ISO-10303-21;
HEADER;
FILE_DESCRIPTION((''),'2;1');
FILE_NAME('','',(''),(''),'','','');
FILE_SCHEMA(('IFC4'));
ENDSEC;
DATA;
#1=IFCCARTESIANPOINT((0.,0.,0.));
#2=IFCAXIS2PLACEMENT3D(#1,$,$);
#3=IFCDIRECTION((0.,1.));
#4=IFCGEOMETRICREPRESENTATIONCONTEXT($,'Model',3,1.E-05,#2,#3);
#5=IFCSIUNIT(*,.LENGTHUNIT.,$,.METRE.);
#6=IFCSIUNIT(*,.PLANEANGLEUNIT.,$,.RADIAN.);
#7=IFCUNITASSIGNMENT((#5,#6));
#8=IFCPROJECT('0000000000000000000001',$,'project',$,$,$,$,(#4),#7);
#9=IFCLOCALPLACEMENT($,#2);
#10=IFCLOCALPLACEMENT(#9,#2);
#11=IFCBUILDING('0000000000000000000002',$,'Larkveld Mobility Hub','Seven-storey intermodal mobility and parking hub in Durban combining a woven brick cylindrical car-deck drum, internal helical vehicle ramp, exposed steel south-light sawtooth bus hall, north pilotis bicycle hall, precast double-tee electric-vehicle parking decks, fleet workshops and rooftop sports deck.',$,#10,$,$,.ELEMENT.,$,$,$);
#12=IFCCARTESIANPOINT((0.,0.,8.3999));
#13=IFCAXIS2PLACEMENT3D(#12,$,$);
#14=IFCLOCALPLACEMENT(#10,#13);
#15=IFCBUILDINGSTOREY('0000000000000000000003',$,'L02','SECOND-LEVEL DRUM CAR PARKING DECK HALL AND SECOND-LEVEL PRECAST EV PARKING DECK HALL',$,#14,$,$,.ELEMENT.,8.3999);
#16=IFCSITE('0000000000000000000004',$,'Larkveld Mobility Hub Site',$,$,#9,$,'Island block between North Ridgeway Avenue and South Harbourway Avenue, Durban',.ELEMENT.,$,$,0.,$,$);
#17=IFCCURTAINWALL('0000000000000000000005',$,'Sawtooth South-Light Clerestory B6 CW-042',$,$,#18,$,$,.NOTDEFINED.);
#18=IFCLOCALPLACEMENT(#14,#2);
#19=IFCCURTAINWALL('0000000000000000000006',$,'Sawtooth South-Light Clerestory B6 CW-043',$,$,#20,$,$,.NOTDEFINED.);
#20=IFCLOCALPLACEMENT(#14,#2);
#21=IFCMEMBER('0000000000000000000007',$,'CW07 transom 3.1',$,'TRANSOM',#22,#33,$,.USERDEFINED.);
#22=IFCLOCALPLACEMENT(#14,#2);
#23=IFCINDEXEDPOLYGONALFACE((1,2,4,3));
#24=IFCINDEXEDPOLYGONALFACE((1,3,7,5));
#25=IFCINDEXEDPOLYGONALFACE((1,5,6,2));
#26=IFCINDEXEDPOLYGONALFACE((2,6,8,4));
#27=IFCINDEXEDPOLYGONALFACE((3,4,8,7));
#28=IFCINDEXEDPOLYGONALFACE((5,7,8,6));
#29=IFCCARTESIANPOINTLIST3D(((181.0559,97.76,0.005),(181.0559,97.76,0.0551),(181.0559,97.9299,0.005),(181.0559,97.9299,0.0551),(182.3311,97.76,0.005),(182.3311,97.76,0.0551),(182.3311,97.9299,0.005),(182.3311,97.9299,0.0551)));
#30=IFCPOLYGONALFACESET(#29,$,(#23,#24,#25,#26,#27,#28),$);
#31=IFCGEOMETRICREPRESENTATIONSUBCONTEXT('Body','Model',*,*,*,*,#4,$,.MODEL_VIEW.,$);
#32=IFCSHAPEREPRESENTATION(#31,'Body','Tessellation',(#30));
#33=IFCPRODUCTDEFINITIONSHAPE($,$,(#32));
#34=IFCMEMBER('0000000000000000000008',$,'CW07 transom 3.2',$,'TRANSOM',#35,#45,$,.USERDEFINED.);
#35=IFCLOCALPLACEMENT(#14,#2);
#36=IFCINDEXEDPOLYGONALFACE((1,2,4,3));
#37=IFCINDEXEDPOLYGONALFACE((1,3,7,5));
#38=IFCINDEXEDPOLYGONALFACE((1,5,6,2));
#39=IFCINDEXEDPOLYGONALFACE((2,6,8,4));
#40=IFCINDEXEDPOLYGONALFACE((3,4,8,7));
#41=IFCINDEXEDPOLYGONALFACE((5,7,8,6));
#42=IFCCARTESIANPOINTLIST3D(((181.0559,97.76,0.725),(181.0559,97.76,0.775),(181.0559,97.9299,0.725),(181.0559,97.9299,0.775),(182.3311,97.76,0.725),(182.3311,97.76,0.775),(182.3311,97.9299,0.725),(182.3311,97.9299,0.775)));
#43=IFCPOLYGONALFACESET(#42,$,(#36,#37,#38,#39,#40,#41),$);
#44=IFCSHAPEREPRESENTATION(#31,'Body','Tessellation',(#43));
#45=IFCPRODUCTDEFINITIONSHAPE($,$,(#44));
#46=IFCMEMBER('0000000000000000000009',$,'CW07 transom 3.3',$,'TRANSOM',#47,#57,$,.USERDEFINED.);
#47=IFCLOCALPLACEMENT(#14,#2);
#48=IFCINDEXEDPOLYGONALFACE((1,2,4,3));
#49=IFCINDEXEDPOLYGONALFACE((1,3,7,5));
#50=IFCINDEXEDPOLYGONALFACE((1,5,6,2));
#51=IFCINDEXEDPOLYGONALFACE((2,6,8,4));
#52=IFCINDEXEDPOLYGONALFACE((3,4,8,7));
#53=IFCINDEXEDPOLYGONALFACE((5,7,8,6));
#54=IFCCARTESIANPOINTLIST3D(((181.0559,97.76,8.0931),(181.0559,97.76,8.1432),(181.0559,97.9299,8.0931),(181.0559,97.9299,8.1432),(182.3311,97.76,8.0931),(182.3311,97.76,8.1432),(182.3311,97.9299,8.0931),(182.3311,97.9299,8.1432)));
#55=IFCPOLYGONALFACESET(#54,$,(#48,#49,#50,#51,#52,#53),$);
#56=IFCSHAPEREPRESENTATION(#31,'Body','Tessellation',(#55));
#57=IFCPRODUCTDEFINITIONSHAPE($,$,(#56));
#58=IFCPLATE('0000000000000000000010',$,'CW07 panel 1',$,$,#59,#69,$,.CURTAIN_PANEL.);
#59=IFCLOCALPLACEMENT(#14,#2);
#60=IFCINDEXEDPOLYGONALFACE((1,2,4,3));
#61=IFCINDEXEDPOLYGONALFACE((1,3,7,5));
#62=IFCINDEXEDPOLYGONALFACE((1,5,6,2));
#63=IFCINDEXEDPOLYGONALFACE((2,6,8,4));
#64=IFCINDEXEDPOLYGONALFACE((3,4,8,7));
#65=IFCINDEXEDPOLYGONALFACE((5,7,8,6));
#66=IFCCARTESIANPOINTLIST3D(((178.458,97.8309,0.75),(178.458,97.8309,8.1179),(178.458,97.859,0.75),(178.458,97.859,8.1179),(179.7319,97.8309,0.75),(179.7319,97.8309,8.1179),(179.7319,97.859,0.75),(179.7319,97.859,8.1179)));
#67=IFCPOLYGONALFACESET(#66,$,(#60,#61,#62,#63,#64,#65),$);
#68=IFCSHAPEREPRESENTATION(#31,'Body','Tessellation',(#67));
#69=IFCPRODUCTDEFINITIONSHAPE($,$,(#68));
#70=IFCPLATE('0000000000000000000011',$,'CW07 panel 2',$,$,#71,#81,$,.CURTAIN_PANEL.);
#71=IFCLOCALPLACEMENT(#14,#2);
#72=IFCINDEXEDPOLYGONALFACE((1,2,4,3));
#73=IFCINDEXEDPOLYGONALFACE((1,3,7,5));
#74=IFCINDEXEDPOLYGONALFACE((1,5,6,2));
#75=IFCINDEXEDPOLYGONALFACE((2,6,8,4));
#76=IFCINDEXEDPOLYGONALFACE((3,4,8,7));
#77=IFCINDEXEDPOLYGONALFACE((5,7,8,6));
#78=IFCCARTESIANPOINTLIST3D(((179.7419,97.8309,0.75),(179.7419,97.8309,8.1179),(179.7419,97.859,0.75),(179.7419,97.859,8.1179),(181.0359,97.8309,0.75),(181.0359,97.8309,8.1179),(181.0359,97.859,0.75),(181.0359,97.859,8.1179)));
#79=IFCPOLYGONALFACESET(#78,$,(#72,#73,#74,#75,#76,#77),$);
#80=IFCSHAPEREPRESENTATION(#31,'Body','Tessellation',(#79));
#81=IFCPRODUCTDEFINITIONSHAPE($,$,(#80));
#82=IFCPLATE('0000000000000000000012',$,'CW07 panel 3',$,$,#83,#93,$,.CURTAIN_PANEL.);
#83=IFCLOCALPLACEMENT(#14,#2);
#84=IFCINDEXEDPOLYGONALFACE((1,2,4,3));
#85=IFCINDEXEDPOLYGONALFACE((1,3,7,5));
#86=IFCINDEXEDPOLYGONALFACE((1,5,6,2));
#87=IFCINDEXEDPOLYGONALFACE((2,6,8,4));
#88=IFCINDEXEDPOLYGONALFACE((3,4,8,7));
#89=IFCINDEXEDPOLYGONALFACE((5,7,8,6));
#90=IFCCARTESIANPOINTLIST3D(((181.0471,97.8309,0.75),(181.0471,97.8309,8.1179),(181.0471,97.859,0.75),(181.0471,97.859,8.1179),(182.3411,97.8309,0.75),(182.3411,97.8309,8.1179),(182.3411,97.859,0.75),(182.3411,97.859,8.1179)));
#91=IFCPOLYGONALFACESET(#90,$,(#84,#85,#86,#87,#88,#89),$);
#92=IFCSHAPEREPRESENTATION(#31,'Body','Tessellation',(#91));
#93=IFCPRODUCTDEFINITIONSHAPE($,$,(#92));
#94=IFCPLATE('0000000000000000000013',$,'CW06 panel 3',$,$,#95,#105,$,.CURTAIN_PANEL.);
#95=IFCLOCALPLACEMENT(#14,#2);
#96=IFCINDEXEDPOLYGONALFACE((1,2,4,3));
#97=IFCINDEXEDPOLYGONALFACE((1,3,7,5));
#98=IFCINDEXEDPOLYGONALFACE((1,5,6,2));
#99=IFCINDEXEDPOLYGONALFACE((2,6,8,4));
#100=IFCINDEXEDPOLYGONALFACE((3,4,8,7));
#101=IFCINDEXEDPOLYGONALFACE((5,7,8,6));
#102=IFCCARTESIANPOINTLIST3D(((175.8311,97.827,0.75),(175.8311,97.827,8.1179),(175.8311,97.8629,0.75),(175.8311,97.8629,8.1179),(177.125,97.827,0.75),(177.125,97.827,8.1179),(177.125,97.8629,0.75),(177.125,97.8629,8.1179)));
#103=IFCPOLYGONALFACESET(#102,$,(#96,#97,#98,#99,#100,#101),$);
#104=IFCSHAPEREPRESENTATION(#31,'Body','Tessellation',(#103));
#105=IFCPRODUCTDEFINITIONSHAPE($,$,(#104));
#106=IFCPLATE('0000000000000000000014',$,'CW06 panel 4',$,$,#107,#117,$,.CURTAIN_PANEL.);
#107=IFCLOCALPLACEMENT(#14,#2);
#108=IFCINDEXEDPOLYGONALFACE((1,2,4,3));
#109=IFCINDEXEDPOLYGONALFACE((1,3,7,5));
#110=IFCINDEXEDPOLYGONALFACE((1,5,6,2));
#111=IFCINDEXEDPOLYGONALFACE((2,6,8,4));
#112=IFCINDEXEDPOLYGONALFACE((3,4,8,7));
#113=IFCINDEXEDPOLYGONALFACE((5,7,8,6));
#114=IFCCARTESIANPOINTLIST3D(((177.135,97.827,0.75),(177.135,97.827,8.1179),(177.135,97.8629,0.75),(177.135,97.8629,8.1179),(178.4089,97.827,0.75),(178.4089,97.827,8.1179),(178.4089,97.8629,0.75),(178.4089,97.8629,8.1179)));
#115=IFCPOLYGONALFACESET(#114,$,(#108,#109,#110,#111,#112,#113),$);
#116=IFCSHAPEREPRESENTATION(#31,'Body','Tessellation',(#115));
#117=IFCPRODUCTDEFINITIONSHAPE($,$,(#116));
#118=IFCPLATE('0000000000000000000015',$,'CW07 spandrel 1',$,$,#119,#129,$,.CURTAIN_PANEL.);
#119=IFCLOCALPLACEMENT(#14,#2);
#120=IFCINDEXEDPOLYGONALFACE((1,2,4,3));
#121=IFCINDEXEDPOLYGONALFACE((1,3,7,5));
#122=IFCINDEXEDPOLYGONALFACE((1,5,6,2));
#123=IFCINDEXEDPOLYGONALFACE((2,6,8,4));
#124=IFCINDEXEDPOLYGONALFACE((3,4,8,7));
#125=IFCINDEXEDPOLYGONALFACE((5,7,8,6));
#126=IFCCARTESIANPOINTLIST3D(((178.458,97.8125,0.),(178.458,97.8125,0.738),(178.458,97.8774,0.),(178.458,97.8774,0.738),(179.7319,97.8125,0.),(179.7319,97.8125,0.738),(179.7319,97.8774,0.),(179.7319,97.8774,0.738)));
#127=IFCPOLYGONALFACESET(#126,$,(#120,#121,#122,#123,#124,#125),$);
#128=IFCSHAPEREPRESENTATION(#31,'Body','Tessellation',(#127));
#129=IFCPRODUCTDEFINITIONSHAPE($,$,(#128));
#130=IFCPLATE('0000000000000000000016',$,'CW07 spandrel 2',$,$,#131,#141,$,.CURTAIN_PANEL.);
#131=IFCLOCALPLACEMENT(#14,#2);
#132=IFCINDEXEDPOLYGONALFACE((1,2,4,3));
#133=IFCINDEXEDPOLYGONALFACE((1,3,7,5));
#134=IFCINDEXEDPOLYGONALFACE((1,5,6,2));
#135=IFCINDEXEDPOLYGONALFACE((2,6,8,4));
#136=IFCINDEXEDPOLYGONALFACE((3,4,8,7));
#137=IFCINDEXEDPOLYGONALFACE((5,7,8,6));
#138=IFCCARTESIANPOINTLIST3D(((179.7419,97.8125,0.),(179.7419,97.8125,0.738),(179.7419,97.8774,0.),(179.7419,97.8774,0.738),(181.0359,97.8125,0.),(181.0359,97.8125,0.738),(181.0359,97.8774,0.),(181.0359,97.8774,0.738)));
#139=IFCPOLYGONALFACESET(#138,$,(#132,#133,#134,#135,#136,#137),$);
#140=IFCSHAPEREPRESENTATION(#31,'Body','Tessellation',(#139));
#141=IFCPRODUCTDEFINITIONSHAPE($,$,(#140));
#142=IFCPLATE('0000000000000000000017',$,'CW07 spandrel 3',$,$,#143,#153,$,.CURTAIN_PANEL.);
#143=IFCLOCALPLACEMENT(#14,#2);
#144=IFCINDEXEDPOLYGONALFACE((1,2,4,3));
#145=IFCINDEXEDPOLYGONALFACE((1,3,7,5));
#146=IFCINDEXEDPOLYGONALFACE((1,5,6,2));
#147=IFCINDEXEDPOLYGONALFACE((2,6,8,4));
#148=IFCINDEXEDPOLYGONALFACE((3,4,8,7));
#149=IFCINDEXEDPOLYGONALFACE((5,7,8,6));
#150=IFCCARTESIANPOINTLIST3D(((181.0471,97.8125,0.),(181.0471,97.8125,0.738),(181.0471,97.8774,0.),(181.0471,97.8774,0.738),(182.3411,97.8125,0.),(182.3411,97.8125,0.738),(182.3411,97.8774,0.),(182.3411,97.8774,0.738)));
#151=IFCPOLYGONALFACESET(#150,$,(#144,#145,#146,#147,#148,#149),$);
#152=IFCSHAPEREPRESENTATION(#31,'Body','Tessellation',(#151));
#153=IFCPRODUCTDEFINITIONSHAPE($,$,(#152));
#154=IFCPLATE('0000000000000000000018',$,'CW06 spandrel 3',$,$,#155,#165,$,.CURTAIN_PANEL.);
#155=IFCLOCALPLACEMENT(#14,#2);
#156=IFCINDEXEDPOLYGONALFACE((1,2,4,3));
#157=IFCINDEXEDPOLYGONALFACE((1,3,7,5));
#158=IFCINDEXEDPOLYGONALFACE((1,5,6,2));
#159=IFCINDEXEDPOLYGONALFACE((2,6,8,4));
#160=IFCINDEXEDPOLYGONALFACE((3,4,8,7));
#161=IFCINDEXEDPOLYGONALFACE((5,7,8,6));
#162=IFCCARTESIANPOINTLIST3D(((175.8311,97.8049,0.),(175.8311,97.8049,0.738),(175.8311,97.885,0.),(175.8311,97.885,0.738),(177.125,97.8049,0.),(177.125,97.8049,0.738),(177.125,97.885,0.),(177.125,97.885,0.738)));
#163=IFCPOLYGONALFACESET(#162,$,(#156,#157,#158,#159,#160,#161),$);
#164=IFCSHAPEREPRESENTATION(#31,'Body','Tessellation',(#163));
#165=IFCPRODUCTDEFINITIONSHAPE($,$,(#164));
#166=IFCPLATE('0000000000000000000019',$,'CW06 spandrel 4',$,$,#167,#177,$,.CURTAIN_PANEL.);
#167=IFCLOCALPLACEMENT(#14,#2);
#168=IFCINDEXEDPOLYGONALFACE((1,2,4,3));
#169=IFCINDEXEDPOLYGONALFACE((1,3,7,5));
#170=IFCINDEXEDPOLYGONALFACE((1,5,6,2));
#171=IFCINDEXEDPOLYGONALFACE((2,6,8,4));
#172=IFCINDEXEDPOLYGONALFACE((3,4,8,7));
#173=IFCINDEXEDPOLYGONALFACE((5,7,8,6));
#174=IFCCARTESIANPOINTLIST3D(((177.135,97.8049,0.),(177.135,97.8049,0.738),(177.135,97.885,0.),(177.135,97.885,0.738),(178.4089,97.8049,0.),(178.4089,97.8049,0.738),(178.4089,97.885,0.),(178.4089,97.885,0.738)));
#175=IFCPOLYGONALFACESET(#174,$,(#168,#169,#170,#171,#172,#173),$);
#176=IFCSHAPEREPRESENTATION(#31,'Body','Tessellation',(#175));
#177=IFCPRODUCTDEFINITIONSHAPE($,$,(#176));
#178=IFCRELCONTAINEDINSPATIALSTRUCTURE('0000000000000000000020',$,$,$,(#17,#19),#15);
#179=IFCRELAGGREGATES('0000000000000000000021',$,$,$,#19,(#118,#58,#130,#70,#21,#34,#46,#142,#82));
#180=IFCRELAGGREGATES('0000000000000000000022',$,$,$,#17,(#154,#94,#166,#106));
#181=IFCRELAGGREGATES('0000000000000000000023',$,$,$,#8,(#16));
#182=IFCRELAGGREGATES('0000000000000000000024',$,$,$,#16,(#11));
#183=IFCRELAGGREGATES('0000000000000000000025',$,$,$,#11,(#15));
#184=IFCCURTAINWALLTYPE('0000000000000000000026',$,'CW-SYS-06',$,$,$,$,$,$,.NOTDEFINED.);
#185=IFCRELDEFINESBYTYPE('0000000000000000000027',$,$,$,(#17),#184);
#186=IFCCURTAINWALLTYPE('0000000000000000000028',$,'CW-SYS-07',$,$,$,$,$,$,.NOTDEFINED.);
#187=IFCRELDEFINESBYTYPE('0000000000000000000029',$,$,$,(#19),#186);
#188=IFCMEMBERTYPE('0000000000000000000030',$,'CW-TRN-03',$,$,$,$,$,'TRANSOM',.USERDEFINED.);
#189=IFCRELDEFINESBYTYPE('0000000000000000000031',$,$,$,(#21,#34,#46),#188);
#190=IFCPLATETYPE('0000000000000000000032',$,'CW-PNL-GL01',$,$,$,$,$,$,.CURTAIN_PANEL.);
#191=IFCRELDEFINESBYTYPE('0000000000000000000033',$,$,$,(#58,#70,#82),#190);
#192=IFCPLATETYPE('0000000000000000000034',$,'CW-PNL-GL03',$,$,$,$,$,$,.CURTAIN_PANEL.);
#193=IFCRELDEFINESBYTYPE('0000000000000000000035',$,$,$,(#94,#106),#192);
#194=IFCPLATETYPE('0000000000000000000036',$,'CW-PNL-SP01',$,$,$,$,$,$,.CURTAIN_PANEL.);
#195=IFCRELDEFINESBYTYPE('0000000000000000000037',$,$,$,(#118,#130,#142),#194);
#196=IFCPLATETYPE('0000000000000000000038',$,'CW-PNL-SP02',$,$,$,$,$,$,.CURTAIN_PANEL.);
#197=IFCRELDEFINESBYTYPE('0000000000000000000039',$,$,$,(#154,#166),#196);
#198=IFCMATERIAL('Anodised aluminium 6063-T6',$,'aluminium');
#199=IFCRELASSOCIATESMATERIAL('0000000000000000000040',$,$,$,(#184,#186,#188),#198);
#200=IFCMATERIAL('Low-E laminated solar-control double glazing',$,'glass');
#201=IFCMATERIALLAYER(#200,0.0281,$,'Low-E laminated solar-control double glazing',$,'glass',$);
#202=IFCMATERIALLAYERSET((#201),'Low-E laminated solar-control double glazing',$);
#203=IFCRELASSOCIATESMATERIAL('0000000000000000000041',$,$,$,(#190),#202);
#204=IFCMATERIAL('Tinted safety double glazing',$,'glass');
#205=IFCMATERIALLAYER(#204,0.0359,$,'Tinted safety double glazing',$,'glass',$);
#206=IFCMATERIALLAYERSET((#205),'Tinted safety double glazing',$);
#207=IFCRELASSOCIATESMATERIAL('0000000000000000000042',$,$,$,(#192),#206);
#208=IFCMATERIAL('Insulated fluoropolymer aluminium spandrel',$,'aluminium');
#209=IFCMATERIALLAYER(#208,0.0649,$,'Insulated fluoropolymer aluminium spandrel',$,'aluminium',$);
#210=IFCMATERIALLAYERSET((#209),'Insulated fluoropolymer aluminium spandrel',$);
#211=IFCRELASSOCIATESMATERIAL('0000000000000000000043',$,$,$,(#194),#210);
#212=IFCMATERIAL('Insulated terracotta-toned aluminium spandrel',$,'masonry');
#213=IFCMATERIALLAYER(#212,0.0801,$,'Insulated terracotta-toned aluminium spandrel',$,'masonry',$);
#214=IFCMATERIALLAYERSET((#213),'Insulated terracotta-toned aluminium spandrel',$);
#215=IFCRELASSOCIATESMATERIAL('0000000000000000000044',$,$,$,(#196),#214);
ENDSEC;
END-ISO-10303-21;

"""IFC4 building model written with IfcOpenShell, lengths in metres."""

from ifc_helpers import new_model, si_unit, direction, frame, origin, origin_2d, place, context, subcontext, project, spatial, rectangle, extrude, material, layer, layer_set, material_profile, profile_set, type_object, element, aggregate, save


model = new_model("IFC4")

# Units and contexts
model_context = context("Model", 3, precision=1e-05, world=origin(), true_north=direction((0.0, 1.0)))
body_context = subcontext(model_context, "Body", "Model", "MODEL_VIEW")
ifc_project = project(units=[si_unit("LENGTHUNIT", "METRE"), si_unit("PLANEANGLEUNIT", "RADIAN")], contexts=[model_context])

# Site, building, storey
site_placement = place(None, origin())
site = spatial("IfcSite", under=ifc_project, at=site_placement, Name="Larkveld Mobility Hub Site", LongName="Island block between North Ridgeway Avenue and South Harbourway Avenue, Durban", CompositionType="ELEMENT", RefElevation=0.0)
building_placement = place(site_placement, origin())
building = spatial("IfcBuilding", under=site, at=building_placement, Name="Larkveld Mobility Hub", Description="Seven-storey intermodal mobility and parking hub in Durban combining a woven brick cylindrical car-deck drum, internal helical vehicle ramp, exposed steel south-light sawtooth bus hall, north pilotis bicycle hall, precast double-tee electric-vehicle parking decks, fleet workshops and rooftop sports deck.", CompositionType="ELEMENT")
storey_placement = place(building_placement, frame((0.0, 0.0, 8.3999)))
storey = spatial("IfcBuildingStorey", under=building, at=storey_placement, Name="L02", Description="SECOND-LEVEL DRUM CAR PARKING DECK HALL AND SECOND-LEVEL PRECAST EV PARKING DECK HALL", CompositionType="ELEMENT", Elevation=8.3999)

# Curtain walls
ifc_material_1 = material(Name="Anodised aluminium 6063-T6", Category="aluminium")
curtain_wall_type_1 = type_object("IfcCurtainWallType", Name="CW-SYS-06", PredefinedType="NOTDEFINED", material=ifc_material_1)
curtain_wall_1_placement = place(storey_placement, origin())
curtain_wall_1 = element("IfcCurtainWall", 1, at=curtain_wall_1_placement, inside=storey, type_object=curtain_wall_type_1, Name="Sawtooth South-Light Clerestory B6 CW-042", PredefinedType="NOTDEFINED")
curtain_wall_type_2 = type_object("IfcCurtainWallType", Name="CW-SYS-07", PredefinedType="NOTDEFINED", material=ifc_material_1)
curtain_wall_2_placement = place(storey_placement, origin())
curtain_wall_2 = element("IfcCurtainWall", 2, at=curtain_wall_2_placement, inside=storey, type_object=curtain_wall_type_2, Name="Sawtooth South-Light Clerestory B6 CW-043", PredefinedType="NOTDEFINED")

# Members
ifc_material_profile_1 = material_profile(ifc_material_1, rectangle(XDim=0.1699, YDim=0.05, at=origin_2d()), Name="ALU TRAN 50x170")
ifc_profile_set_1 = profile_set([ifc_material_profile_1], Name="Anodised aluminium 6063-T6")
member_type_1 = type_object("IfcMemberType", Name="CW-TRN-03", ElementType="TRANSOM", PredefinedType="USERDEFINED", material=ifc_profile_set_1)
member_1_placement = place(storey_placement, frame((181.0559, 97.845, 0.03), z_axis=(1.0, 0.0, 0.0), x_axis=(0.0, 1.0, 0.0)))
member_1 = element("IfcMember", 3, at=member_1_placement, type_object=member_type_1, Name="CW07 transom 3.1", ObjectType="TRANSOM", PredefinedType="USERDEFINED", context=body_context, shape_type="SweptSolid", body=[
    extrude(rectangle(XDim=0.1699, YDim=0.05, at=origin_2d()), origin(), (0.0, 0.0, 1.0), 1.2751),
])
member_2_placement = place(storey_placement, frame((181.0559, 97.845, 0.75), z_axis=(1.0, 0.0, 0.0), x_axis=(0.0, 1.0, 0.0)))
member_2 = element("IfcMember", 4, at=member_2_placement, type_object=member_type_1, Name="CW07 transom 3.2", ObjectType="TRANSOM", PredefinedType="USERDEFINED", context=body_context, shape_type="SweptSolid", body=[
    extrude(rectangle(XDim=0.1699, YDim=0.05, at=origin_2d()), origin(), (0.0, 0.0, 1.0), 1.2751),
])
member_3_placement = place(storey_placement, frame((181.0559, 97.845, 8.1182), z_axis=(1.0, 0.0, 0.0), x_axis=(0.0, 1.0, 0.0)))
member_3 = element("IfcMember", 5, at=member_3_placement, type_object=member_type_1, Name="CW07 transom 3.3", ObjectType="TRANSOM", PredefinedType="USERDEFINED", context=body_context, shape_type="SweptSolid", body=[
    extrude(rectangle(XDim=0.1699, YDim=0.05, at=origin_2d()), origin(), (0.0, 0.0, 1.0), 1.2751),
])

# Plates
ifc_material_2 = material(Name="Low-E laminated solar-control double glazing", Category="glass")
ifc_layer_1 = layer(ifc_material_2, 0.0281, Name="Low-E laminated solar-control double glazing", Category="glass")
ifc_layer_set_1 = layer_set([ifc_layer_1], Name="Low-E laminated solar-control double glazing")
plate_type_1 = type_object("IfcPlateType", Name="CW-PNL-GL01", PredefinedType="CURTAIN_PANEL", material=ifc_layer_set_1)
plate_1_placement = place(storey_placement, frame((179.095, 97.845, 0.75), z_axis=(0.0, 0.0, 1.0), x_axis=(1.0, 0.0, 0.0)))
plate_1 = element("IfcPlate", 6, at=plate_1_placement, type_object=plate_type_1, Name="CW07 panel 1", PredefinedType="CURTAIN_PANEL", context=body_context, shape_type="SweptSolid", body=[
    extrude(rectangle(XDim=1.2739, YDim=0.0281, at=origin_2d()), origin(), (0.0, 0.0, 1.0), 7.3679),
])
plate_2_placement = place(storey_placement, frame((180.3889, 97.845, 0.75), z_axis=(0.0, 0.0, 1.0), x_axis=(1.0, 0.0, 0.0)))
plate_2 = element("IfcPlate", 7, at=plate_2_placement, type_object=plate_type_1, Name="CW07 panel 2", PredefinedType="CURTAIN_PANEL", context=body_context, shape_type="SweptSolid", body=[
    extrude(rectangle(XDim=1.2939, YDim=0.0281, at=origin_2d()), origin(), (0.0, 0.0, 1.0), 7.3679),
])
plate_3_placement = place(storey_placement, frame((181.6941, 97.845, 0.75), z_axis=(0.0, 0.0, 1.0), x_axis=(1.0, 0.0, 0.0)))
plate_3 = element("IfcPlate", 8, at=plate_3_placement, type_object=plate_type_1, Name="CW07 panel 3", PredefinedType="CURTAIN_PANEL", context=body_context, shape_type="SweptSolid", body=[
    extrude(rectangle(XDim=1.2939, YDim=0.0281, at=origin_2d()), origin(), (0.0, 0.0, 1.0), 7.3679),
])
ifc_material_3 = material(Name="Tinted safety double glazing", Category="glass")
ifc_layer_2 = layer(ifc_material_3, 0.0359, Name="Tinted safety double glazing", Category="glass")
ifc_layer_set_2 = layer_set([ifc_layer_2], Name="Tinted safety double glazing")
plate_type_2 = type_object("IfcPlateType", Name="CW-PNL-GL03", PredefinedType="CURTAIN_PANEL", material=ifc_layer_set_2)
plate_4_placement = place(storey_placement, frame((176.478, 97.845, 0.75), z_axis=(0.0, 0.0, 1.0), x_axis=(1.0, 0.0, 0.0)))
plate_4 = element("IfcPlate", 9, at=plate_4_placement, type_object=plate_type_2, Name="CW06 panel 3", PredefinedType="CURTAIN_PANEL", context=body_context, shape_type="SweptSolid", body=[
    extrude(rectangle(XDim=1.2939, YDim=0.0359, at=origin_2d()), origin(), (0.0, 0.0, 1.0), 7.3679),
])
plate_5_placement = place(storey_placement, frame((177.772, 97.845, 0.75), z_axis=(0.0, 0.0, 1.0), x_axis=(1.0, 0.0, 0.0)))
plate_5 = element("IfcPlate", 10, at=plate_5_placement, type_object=plate_type_2, Name="CW06 panel 4", PredefinedType="CURTAIN_PANEL", context=body_context, shape_type="SweptSolid", body=[
    extrude(rectangle(XDim=1.2739, YDim=0.0359, at=origin_2d()), origin(), (0.0, 0.0, 1.0), 7.3679),
])
ifc_material_4 = material(Name="Insulated fluoropolymer aluminium spandrel", Category="aluminium")
ifc_layer_3 = layer(ifc_material_4, 0.0649, Name="Insulated fluoropolymer aluminium spandrel", Category="aluminium")
ifc_layer_set_3 = layer_set([ifc_layer_3], Name="Insulated fluoropolymer aluminium spandrel")
plate_type_3 = type_object("IfcPlateType", Name="CW-PNL-SP01", PredefinedType="CURTAIN_PANEL", material=ifc_layer_set_3)
plate_6_placement = place(storey_placement, frame((179.095, 97.845, 0.0), z_axis=(0.0, 0.0, 1.0), x_axis=(1.0, 0.0, 0.0)))
plate_6 = element("IfcPlate", 11, at=plate_6_placement, type_object=plate_type_3, Name="CW07 spandrel 1", PredefinedType="CURTAIN_PANEL", context=body_context, shape_type="SweptSolid", body=[
    extrude(rectangle(XDim=1.2739, YDim=0.0649, at=origin_2d()), origin(), (0.0, 0.0, 1.0), 0.738),
])
plate_7_placement = place(storey_placement, frame((180.3889, 97.845, 0.0), z_axis=(0.0, 0.0, 1.0), x_axis=(1.0, 0.0, 0.0)))
plate_7 = element("IfcPlate", 12, at=plate_7_placement, type_object=plate_type_3, Name="CW07 spandrel 2", PredefinedType="CURTAIN_PANEL", context=body_context, shape_type="SweptSolid", body=[
    extrude(rectangle(XDim=1.2939, YDim=0.0649, at=origin_2d()), origin(), (0.0, 0.0, 1.0), 0.738),
])
plate_8_placement = place(storey_placement, frame((181.6941, 97.845, 0.0), z_axis=(0.0, 0.0, 1.0), x_axis=(1.0, 0.0, 0.0)))
plate_8 = element("IfcPlate", 13, at=plate_8_placement, type_object=plate_type_3, Name="CW07 spandrel 3", PredefinedType="CURTAIN_PANEL", context=body_context, shape_type="SweptSolid", body=[
    extrude(rectangle(XDim=1.2939, YDim=0.0649, at=origin_2d()), origin(), (0.0, 0.0, 1.0), 0.738),
])
aggregate(curtain_wall_2, [plate_6, plate_1, plate_7, plate_2, member_1, member_2, member_3, plate_8, plate_3])
ifc_material_5 = material(Name="Insulated terracotta-toned aluminium spandrel", Category="masonry")
ifc_layer_4 = layer(ifc_material_5, 0.0801, Name="Insulated terracotta-toned aluminium spandrel", Category="masonry")
ifc_layer_set_4 = layer_set([ifc_layer_4], Name="Insulated terracotta-toned aluminium spandrel")
plate_type_4 = type_object("IfcPlateType", Name="CW-PNL-SP02", PredefinedType="CURTAIN_PANEL", material=ifc_layer_set_4)
plate_9_placement = place(storey_placement, frame((176.478, 97.845, 0.0), z_axis=(0.0, 0.0, 1.0), x_axis=(1.0, 0.0, 0.0)))
plate_9 = element("IfcPlate", 14, at=plate_9_placement, type_object=plate_type_4, Name="CW06 spandrel 3", PredefinedType="CURTAIN_PANEL", context=body_context, shape_type="SweptSolid", body=[
    extrude(rectangle(XDim=1.2939, YDim=0.0801, at=origin_2d()), origin(), (0.0, 0.0, 1.0), 0.738),
])
plate_10_placement = place(storey_placement, frame((177.772, 97.845, 0.0), z_axis=(0.0, 0.0, 1.0), x_axis=(1.0, 0.0, 0.0)))
plate_10 = element("IfcPlate", 15, at=plate_10_placement, type_object=plate_type_4, Name="CW06 spandrel 4", PredefinedType="CURTAIN_PANEL", context=body_context, shape_type="SweptSolid", body=[
    extrude(rectangle(XDim=1.2739, YDim=0.0801, at=origin_2d()), origin(), (0.0, 0.0, 1.0), 0.738),
])
aggregate(curtain_wall_1, [plate_9, plate_4, plate_10, plate_5])

save(model, "model.ifc")
